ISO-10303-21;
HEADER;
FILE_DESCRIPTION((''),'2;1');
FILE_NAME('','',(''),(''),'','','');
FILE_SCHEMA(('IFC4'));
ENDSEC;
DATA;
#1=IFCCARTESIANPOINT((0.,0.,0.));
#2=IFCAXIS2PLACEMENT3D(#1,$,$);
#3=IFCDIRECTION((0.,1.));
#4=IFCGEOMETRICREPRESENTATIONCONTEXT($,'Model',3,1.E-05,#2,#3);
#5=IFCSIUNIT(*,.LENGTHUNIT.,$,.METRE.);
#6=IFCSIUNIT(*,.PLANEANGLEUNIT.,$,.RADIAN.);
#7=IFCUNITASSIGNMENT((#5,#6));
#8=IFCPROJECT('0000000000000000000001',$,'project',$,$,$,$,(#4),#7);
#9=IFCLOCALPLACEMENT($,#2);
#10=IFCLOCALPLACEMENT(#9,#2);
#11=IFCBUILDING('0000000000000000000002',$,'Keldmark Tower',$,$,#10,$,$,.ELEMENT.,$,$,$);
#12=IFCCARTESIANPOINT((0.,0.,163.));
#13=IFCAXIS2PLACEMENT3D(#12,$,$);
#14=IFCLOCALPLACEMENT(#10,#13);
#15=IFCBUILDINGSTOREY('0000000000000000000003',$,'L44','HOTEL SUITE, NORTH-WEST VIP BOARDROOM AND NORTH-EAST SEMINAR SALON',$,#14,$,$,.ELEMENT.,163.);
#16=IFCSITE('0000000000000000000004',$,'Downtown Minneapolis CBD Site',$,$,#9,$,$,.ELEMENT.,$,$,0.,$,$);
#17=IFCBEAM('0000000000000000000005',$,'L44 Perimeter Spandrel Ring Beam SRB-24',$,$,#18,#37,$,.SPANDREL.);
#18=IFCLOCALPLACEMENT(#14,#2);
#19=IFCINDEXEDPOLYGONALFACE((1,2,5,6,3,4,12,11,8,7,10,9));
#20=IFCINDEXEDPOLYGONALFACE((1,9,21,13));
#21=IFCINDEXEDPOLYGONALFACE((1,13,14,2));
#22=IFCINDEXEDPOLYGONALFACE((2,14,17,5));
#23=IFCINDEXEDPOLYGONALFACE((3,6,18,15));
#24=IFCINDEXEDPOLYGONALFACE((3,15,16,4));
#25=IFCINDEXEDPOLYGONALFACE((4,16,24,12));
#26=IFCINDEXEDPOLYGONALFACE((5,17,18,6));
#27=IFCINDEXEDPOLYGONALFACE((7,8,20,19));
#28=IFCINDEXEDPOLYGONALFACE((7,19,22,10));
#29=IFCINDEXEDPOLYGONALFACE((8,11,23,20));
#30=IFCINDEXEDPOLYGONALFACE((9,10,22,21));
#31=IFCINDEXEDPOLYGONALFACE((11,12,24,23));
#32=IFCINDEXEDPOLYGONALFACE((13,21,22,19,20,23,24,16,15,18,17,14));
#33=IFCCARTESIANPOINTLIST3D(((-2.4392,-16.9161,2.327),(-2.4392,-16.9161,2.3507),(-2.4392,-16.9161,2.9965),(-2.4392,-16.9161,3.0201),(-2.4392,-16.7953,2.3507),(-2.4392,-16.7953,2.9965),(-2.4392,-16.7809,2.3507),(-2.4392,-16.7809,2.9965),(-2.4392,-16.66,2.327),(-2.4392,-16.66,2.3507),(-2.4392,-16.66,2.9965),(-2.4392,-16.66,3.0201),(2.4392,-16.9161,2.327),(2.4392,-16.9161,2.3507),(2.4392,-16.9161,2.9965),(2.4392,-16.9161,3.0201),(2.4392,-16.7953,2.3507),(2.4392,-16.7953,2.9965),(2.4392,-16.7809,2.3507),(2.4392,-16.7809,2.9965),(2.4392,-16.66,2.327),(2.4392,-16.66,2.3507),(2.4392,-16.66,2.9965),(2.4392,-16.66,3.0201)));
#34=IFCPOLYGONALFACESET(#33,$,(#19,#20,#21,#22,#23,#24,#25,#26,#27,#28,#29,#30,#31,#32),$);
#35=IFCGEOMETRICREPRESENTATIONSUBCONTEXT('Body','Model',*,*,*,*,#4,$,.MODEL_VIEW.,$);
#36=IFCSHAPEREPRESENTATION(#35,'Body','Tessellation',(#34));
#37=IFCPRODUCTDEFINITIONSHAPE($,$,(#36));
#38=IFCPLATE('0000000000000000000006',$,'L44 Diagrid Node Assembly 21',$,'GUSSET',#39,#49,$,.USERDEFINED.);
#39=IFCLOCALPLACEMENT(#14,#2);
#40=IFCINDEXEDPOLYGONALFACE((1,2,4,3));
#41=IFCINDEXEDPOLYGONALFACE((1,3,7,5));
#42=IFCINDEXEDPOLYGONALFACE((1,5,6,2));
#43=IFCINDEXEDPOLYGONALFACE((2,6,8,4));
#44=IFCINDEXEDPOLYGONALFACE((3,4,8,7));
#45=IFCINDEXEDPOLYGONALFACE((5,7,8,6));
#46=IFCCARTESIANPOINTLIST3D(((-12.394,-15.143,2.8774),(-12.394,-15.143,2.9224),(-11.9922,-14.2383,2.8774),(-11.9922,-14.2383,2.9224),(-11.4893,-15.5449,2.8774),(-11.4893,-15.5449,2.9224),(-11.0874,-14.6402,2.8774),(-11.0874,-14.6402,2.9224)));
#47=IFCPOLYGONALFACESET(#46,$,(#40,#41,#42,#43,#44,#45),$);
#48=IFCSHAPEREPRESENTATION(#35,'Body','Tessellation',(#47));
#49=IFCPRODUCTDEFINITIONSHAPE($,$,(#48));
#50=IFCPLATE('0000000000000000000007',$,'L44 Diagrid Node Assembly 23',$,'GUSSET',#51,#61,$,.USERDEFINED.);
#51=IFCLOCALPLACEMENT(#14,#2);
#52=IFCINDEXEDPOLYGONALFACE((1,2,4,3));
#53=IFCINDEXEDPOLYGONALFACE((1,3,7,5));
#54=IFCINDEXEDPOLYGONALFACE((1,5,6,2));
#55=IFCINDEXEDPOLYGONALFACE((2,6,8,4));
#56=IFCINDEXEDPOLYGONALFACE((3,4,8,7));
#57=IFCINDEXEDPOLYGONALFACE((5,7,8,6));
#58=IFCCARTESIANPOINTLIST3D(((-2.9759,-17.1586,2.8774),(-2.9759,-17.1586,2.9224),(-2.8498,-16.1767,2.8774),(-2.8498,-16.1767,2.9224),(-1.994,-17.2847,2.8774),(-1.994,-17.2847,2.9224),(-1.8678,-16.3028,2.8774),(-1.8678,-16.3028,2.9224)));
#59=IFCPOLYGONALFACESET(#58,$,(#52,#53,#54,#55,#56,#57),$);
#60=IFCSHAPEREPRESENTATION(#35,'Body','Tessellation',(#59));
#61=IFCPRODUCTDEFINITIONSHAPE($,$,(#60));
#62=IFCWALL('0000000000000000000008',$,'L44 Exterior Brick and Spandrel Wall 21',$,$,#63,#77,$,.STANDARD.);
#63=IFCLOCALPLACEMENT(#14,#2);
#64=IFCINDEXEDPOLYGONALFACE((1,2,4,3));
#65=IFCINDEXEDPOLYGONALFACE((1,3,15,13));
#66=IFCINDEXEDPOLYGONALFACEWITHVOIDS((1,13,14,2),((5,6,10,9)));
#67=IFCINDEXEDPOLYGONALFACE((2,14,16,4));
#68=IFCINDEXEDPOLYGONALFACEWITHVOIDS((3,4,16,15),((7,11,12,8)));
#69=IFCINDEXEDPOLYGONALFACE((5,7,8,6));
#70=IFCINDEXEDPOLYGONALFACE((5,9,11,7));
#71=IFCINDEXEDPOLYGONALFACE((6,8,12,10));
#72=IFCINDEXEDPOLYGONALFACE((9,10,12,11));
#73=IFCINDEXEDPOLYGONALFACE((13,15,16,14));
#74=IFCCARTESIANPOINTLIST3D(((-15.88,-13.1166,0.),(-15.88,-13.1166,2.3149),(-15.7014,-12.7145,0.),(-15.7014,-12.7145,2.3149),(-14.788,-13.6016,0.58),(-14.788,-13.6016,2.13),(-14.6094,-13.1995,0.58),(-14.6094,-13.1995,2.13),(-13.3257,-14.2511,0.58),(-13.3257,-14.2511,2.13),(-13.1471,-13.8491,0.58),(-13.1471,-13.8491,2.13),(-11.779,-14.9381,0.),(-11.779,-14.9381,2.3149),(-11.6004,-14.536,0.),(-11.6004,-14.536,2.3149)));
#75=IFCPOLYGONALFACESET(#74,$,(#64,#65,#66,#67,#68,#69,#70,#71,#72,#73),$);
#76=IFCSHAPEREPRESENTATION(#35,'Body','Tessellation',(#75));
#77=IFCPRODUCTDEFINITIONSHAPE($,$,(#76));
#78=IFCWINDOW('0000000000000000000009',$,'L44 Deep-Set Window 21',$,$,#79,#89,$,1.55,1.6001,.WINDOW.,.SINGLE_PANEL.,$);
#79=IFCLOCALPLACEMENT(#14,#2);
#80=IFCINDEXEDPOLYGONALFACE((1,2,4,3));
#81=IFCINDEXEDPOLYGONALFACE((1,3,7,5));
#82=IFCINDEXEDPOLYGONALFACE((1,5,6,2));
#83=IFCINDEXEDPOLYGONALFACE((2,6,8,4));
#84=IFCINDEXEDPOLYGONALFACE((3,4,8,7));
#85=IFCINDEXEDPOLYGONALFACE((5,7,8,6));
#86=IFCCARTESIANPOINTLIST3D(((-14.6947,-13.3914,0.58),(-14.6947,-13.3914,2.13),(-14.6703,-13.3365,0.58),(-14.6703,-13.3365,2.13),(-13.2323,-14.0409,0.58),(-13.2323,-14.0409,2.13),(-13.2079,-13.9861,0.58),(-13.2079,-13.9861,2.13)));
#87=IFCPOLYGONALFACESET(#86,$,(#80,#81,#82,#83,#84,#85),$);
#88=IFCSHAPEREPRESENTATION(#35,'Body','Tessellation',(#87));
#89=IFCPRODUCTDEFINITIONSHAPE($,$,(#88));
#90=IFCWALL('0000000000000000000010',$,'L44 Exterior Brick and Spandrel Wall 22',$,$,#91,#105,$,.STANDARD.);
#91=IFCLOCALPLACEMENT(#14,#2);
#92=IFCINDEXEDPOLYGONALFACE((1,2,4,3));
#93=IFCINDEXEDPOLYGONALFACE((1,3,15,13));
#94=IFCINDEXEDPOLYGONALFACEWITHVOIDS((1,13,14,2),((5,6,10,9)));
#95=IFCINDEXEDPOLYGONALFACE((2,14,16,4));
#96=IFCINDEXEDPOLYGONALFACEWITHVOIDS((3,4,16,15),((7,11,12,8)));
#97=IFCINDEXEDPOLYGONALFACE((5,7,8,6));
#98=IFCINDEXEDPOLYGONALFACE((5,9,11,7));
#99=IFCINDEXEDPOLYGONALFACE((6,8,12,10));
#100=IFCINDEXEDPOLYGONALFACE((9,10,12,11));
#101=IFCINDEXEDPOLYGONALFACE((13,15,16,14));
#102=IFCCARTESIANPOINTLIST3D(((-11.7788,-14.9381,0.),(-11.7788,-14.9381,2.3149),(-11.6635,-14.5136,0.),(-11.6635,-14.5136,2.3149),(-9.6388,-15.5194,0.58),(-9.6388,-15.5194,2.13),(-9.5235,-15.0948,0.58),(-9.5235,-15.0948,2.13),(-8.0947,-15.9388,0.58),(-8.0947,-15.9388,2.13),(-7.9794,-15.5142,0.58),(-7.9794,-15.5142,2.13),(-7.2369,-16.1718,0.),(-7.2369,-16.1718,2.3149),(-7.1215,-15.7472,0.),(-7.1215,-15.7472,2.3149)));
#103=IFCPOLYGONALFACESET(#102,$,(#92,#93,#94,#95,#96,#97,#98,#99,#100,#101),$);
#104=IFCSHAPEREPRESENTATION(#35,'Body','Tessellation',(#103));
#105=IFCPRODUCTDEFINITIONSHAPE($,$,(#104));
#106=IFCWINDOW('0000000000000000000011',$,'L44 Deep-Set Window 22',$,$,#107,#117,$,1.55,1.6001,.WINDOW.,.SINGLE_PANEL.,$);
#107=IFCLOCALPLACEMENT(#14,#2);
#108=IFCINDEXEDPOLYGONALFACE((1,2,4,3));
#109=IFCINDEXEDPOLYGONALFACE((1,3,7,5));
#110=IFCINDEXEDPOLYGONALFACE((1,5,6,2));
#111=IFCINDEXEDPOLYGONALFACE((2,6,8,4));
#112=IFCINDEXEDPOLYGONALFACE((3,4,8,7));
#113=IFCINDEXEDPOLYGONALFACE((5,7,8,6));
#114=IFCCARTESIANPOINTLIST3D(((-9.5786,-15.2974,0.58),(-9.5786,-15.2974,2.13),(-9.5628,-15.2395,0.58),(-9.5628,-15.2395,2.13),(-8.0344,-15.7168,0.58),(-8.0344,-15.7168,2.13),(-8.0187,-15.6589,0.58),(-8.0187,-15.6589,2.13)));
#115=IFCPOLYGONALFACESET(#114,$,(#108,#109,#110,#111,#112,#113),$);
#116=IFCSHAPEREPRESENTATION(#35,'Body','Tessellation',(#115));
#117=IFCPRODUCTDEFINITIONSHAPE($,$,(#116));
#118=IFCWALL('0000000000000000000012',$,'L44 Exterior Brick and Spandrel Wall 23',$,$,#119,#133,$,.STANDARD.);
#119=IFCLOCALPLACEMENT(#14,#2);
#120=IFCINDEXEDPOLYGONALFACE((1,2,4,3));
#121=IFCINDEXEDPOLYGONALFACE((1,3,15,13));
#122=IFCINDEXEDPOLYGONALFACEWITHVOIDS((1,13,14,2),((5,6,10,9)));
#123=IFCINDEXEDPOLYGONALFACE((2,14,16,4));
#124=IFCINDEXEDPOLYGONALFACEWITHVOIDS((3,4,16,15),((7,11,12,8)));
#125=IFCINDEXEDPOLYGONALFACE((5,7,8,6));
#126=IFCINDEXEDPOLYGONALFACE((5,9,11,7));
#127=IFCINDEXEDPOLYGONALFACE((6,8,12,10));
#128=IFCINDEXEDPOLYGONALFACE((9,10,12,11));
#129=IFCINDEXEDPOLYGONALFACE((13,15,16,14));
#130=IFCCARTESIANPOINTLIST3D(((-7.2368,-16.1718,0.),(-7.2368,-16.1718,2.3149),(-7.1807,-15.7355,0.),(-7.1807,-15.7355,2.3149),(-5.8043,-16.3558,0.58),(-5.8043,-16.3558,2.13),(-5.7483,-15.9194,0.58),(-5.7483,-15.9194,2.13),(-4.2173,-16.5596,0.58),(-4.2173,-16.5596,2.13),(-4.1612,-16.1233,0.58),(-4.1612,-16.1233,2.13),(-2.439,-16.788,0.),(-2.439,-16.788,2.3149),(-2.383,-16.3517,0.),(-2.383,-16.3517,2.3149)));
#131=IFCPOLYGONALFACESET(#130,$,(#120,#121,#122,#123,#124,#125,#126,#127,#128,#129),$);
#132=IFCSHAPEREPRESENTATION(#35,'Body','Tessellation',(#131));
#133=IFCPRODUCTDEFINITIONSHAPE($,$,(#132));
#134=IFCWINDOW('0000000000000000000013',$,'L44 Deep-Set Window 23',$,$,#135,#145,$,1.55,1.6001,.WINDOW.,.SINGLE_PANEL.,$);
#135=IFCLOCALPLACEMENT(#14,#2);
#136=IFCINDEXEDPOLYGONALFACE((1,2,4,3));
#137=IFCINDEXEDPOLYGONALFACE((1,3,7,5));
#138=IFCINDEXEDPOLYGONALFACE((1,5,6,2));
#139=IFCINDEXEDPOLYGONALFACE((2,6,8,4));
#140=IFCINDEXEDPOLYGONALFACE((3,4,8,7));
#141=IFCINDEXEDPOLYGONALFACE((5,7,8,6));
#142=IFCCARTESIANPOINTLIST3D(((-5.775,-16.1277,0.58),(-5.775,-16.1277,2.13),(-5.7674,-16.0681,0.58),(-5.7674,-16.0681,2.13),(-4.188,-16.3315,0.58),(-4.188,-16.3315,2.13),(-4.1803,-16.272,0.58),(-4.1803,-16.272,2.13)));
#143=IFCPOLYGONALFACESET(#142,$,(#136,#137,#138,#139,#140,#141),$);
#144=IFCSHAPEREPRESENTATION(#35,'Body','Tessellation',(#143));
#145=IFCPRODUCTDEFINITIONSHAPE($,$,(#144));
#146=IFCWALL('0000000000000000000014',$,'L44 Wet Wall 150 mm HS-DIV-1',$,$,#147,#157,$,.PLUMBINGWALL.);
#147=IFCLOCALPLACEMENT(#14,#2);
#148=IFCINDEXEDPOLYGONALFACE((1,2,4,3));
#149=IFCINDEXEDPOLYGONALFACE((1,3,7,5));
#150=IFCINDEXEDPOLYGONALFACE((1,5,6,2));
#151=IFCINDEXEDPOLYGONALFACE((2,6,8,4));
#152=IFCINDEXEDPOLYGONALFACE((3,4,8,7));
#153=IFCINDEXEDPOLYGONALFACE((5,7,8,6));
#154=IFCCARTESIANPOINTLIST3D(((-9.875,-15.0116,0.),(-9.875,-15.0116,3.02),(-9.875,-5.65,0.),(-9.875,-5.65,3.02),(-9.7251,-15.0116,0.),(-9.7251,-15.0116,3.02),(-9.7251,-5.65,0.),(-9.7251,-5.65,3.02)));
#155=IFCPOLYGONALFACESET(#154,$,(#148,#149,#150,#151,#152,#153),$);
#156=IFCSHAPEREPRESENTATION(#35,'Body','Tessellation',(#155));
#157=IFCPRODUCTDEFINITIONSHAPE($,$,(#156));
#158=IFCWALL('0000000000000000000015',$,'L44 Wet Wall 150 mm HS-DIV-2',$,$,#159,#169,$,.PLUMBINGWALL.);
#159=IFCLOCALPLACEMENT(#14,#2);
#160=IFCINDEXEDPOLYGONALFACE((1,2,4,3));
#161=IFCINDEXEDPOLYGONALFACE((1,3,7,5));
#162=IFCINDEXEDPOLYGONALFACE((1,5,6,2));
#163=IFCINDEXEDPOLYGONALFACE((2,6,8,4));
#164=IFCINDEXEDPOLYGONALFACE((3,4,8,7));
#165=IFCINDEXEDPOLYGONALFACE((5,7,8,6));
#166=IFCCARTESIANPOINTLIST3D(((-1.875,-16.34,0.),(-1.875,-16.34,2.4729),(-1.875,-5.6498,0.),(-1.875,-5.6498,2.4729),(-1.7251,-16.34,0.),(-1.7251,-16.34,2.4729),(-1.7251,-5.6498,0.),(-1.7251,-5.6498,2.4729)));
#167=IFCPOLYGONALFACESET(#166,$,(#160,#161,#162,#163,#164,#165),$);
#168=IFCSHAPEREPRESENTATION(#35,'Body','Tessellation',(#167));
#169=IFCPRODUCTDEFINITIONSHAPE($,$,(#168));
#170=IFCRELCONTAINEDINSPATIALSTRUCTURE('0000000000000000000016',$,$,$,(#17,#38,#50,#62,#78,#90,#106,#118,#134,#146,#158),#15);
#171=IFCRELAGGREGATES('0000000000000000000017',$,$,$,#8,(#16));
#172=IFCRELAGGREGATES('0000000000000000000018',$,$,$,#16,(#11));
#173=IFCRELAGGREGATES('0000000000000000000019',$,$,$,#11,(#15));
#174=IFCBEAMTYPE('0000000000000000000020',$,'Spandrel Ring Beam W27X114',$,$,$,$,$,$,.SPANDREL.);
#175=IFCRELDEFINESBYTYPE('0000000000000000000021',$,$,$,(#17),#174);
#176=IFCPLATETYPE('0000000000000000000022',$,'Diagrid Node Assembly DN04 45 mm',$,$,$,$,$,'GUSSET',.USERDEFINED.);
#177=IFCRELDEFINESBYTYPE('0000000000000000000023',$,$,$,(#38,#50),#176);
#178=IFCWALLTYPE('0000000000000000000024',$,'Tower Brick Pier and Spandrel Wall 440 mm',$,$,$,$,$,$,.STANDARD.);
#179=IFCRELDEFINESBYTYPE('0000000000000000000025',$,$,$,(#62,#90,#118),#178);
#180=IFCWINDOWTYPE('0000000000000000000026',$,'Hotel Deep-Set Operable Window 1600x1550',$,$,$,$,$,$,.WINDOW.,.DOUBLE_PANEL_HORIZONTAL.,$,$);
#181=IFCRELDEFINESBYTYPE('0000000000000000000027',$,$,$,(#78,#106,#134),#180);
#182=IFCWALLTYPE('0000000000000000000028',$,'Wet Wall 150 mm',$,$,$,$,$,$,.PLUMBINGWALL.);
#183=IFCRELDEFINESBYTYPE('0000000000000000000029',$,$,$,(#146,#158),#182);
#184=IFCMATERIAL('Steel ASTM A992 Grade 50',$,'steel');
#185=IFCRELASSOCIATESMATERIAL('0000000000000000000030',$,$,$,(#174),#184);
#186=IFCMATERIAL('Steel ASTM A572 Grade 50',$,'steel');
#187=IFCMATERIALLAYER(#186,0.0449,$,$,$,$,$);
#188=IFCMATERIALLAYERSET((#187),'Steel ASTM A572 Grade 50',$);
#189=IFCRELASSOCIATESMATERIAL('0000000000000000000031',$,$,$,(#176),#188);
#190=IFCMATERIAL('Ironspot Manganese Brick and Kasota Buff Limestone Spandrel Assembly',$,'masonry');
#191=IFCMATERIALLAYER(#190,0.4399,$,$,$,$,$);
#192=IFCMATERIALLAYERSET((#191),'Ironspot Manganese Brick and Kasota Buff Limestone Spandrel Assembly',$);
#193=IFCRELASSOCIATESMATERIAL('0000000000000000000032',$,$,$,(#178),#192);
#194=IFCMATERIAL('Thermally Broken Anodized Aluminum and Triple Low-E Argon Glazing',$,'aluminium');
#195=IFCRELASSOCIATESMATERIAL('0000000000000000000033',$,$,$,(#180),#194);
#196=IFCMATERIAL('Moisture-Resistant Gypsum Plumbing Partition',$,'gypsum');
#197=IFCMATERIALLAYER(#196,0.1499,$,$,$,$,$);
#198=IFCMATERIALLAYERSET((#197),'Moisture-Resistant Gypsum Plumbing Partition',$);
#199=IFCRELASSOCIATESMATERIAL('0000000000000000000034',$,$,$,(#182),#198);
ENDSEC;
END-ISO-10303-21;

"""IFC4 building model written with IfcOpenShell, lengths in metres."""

from ifc_helpers import new_model, si_unit, direction, frame, frame_2d, origin, origin_2d, place, context, subcontext, project, spatial, rectangle, i_section, extrude, material, layer, layer_set, material_profile, profile_set, type_object, element, fill, save


model = new_model("IFC4")

# Units and contexts
model_context = context("Model", 3, precision=1e-05, world=origin(), true_north=direction((0.0, 1.0)))
body_context = subcontext(model_context, "Body", "Model", "MODEL_VIEW")
ifc_project = project(units=[si_unit("LENGTHUNIT", "METRE"), si_unit("PLANEANGLEUNIT", "RADIAN")], contexts=[model_context])

# Site, building, storey
site_placement = place(None, origin())
site = spatial("IfcSite", under=ifc_project, at=site_placement, Name="Downtown Minneapolis CBD Site", CompositionType="ELEMENT", RefElevation=0.0)
building_placement = place(site_placement, origin())
building = spatial("IfcBuilding", under=site, at=building_placement, Name="Keldmark Tower", CompositionType="ELEMENT")
storey_placement = place(building_placement, frame((0.0, 0.0, 163.0)))
storey = spatial("IfcBuildingStorey", under=building, at=storey_placement, Name="L44", Description="HOTEL SUITE, NORTH-WEST VIP BOARDROOM AND NORTH-EAST SEMINAR SALON", CompositionType="ELEMENT", Elevation=163.0)

# Beam
ifc_material_1 = material(Name="Steel ASTM A992 Grade 50", Category="steel")
ifc_material_profile_1 = material_profile(ifc_material_1, i_section(OverallWidth=0.2561, OverallDepth=0.6931, WebThickness=0.0144, FlangeThickness=0.0237, at=origin_2d()), Name="W27X114")
ifc_profile_set_1 = profile_set([ifc_material_profile_1], Name="Steel ASTM A992 Grade 50")
beam_type_1 = type_object("IfcBeamType", Name="Spandrel Ring Beam W27X114", PredefinedType="SPANDREL", material=ifc_profile_set_1)
beam_1_placement = place(storey_placement, frame((-2.4392, -16.7881, 2.6736), z_axis=(1.0, 0.0, 0.0), x_axis=(0.0, 1.0, 0.0)))
element("IfcBeam", 1, at=beam_1_placement, inside=storey, type_object=beam_type_1, Name="L44 Perimeter Spandrel Ring Beam SRB-24", PredefinedType="SPANDREL", context=body_context, shape_type="SweptSolid", body=[
    extrude(i_section(OverallWidth=0.2561, OverallDepth=0.6931, WebThickness=0.0144, FlangeThickness=0.0237, at=origin_2d()), origin(), (0.0, 0.0, 1.0), 4.8784),
])

# Plates
ifc_material_2 = material(Name="Steel ASTM A572 Grade 50", Category="steel")
ifc_layer_1 = layer(ifc_material_2, 0.0449)
ifc_layer_set_1 = layer_set([ifc_layer_1], Name="Steel ASTM A572 Grade 50")
plate_type = type_object("IfcPlateType", Name="Diagrid Node Assembly DN04 45 mm", ElementType="GUSSET", PredefinedType="USERDEFINED", material=ifc_layer_set_1)
for number, where, z_axis, x_axis, name in (
    (2, (-11.7407, -14.8916, 2.8774), (0.0, 0.0, 1.0), (0.9139, -0.405939, 0.0), "L44 Diagrid Node Assembly 21"),
    (3, (-2.4219, -16.7307, 2.8774), (0.0, 0.0, 1.0), (0.99185, -0.127411, 0.0), "L44 Diagrid Node Assembly 23"),
):
    element("IfcPlate", number, at=place(storey_placement, frame(where, z_axis=z_axis, x_axis=x_axis)), inside=storey, type_object=plate_type, Name=name, ObjectType="GUSSET", PredefinedType="USERDEFINED", context=body_context, shape_type="SweptSolid", body=[
        extrude(rectangle(XDim=0.99, YDim=0.99, at=origin_2d()), origin(), (0.0, 0.0, 1.0), 0.0449),
    ])

# Walls, openings, windows
ifc_material_3 = material(Name="Ironspot Manganese Brick and Kasota Buff Limestone Spandrel Assembly", Category="masonry")
ifc_layer_2 = layer(ifc_material_3, 0.4399)
ifc_layer_set_2 = layer_set([ifc_layer_2], Name="Ironspot Manganese Brick and Kasota Buff Limestone Spandrel Assembly")
wall_type_1 = type_object("IfcWallType", Name="Tower Brick Pier and Spandrel Wall 440 mm", PredefinedType="STANDARD", material=ifc_layer_set_2)
wall_1_placement = place(storey_placement, frame((-11.6897, -14.7371, 0.0), z_axis=(0.0, 0.0, 1.0), x_axis=(-0.913908, 0.405921, 0.0)))
wall_1 = element("IfcWall", 4, at=wall_1_placement, inside=storey, type_object=wall_type_1, Name="L44 Exterior Brick and Spandrel Wall 21", PredefinedType="STANDARD", context=body_context, shape_type="SweptSolid", body=[
    extrude(rectangle(XDim=4.4873, YDim=0.4399, at=frame_2d((2.2437, 0.0))), origin(), (0.0, 0.0, 1.0), 2.3149),
])
opening_1_placement = place(wall_1_placement, frame((1.6924, 0.0, 0.5801)))
opening_1 = element("IfcOpeningElement", 5, at=opening_1_placement, cuts=wall_1, PredefinedType="OPENING", context=body_context, shape_type="SweptSolid", body=[
    extrude(rectangle(XDim=1.6001, YDim=1.55, at=frame_2d((0.8, 0.7749))), frame((0.0, 0.23, 0.0), z_axis=(0.0, -1.0, 0.0), x_axis=(1.0, 0.0, 0.0)), (0.0, 0.0, 1.0), 0.46),
])
ifc_material_4 = material(Name="Thermally Broken Anodized Aluminum and Triple Low-E Argon Glazing", Category="aluminium")
window_type = type_object("IfcWindowType", Name="Hotel Deep-Set Operable Window 1600x1550", PartitioningType="DOUBLE_PANEL_HORIZONTAL", PredefinedType="WINDOW", material=ifc_material_4)
window_1_placement = place(opening_1_placement, origin())
window_1 = element("IfcWindow", 6, at=window_1_placement, inside=storey, type_object=window_type, Name="L44 Deep-Set Window 21", OverallHeight=1.55, OverallWidth=1.6001, PartitioningType="SINGLE_PANEL", PredefinedType="WINDOW", context=body_context, shape_type="SweptSolid", body=[
    extrude(rectangle(XDim=1.6001, YDim=1.55, at=frame_2d((0.8, 0.7749))), frame((0.0, -0.01, 0.0), z_axis=(0.0, -1.0, 0.0), x_axis=(1.0, 0.0, 0.0)), (0.0, 0.0, 1.0), 0.0601),
])
fill(opening_1, window_1)
wall_2_placement = place(storey_placement, frame((-7.1792, -15.9595, 0.0), z_axis=(0.0, 0.0, 1.0), x_axis=(-0.965037, 0.262112, 0.0)))
wall_2 = element("IfcWall", 7, at=wall_2_placement, inside=storey, type_object=wall_type_1, Name="L44 Exterior Brick and Spandrel Wall 22", PredefinedType="STANDARD", context=body_context, shape_type="SweptSolid", body=[
    extrude(rectangle(XDim=4.7065, YDim=0.4399, at=frame_2d((2.3533, 0.0))), origin(), (0.0, 0.0, 1.0), 2.3149),
])
opening_2_placement = place(wall_2_placement, frame((0.8889, 0.0, 0.5801)))
opening_2 = element("IfcOpeningElement", 8, at=opening_2_placement, cuts=wall_2, PredefinedType="OPENING", context=body_context, shape_type="SweptSolid", body=[
    extrude(rectangle(XDim=1.6001, YDim=1.55, at=frame_2d((0.8, 0.7749))), frame((0.0, 0.23, 0.0), z_axis=(0.0, -1.0, 0.0), x_axis=(1.0, 0.0, 0.0)), (0.0, 0.0, 1.0), 0.46),
])
window_2_placement = place(opening_2_placement, origin())
window_2 = element("IfcWindow", 9, at=window_2_placement, inside=storey, type_object=window_type, Name="L44 Deep-Set Window 22", OverallHeight=1.55, OverallWidth=1.6001, PartitioningType="SINGLE_PANEL", PredefinedType="WINDOW", context=body_context, shape_type="SweptSolid", body=[
    extrude(rectangle(XDim=1.6001, YDim=1.55, at=frame_2d((0.8, 0.7749))), frame((0.0, -0.01, 0.0), z_axis=(0.0, -1.0, 0.0), x_axis=(1.0, 0.0, 0.0)), (0.0, 0.0, 1.0), 0.0601),
])
fill(opening_2, window_2)
wall_3_placement = place(storey_placement, frame((-2.4111, -16.5698, 0.0), z_axis=(0.0, 0.0, 1.0), x_axis=(-0.991853, 0.127388, 0.0)))
wall_3 = element("IfcWall", 10, at=wall_3_placement, inside=storey, type_object=wall_type_1, Name="L44 Exterior Brick and Spandrel Wall 23", PredefinedType="STANDARD", context=body_context, shape_type="SweptSolid", body=[
    extrude(rectangle(XDim=4.8372, YDim=0.4399, at=frame_2d((2.4185, 0.0))), origin(), (0.0, 0.0, 1.0), 2.3149),
])
opening_3_placement = place(wall_3_placement, frame((1.7927, 0.0, 0.5801)))
opening_3 = element("IfcOpeningElement", 11, at=opening_3_placement, cuts=wall_3, PredefinedType="OPENING", context=body_context, shape_type="SweptSolid", body=[
    extrude(rectangle(XDim=1.6001, YDim=1.55, at=frame_2d((0.8, 0.7749))), frame((0.0, 0.23, 0.0), z_axis=(0.0, -1.0, 0.0), x_axis=(1.0, 0.0, 0.0)), (0.0, 0.0, 1.0), 0.46),
])
window_3_placement = place(opening_3_placement, origin())
window_3 = element("IfcWindow", 12, at=window_3_placement, inside=storey, type_object=window_type, Name="L44 Deep-Set Window 23", OverallHeight=1.55, OverallWidth=1.6001, PartitioningType="SINGLE_PANEL", PredefinedType="WINDOW", context=body_context, shape_type="SweptSolid", body=[
    extrude(rectangle(XDim=1.6001, YDim=1.55, at=frame_2d((0.8, 0.7749))), frame((0.0, -0.01, 0.0), z_axis=(0.0, -1.0, 0.0), x_axis=(1.0, 0.0, 0.0)), (0.0, 0.0, 1.0), 0.0601),
])
fill(opening_3, window_3)

# Walls
ifc_material_5 = material(Name="Moisture-Resistant Gypsum Plumbing Partition", Category="gypsum")
ifc_layer_3 = layer(ifc_material_5, 0.1499)
ifc_layer_set_3 = layer_set([ifc_layer_3], Name="Moisture-Resistant Gypsum Plumbing Partition")
wall_type_2 = type_object("IfcWallType", Name="Wet Wall 150 mm", PredefinedType="PLUMBINGWALL", material=ifc_layer_set_3)
wall_4_placement = place(storey_placement, frame((-9.8, -15.0115, 0.0), z_axis=(0.0, 0.0, 1.0), x_axis=(0.0, 1.0, 0.0)))
element("IfcWall", 13, at=wall_4_placement, inside=storey, type_object=wall_type_2, Name="L44 Wet Wall 150 mm HS-DIV-1", PredefinedType="PLUMBINGWALL", context=body_context, shape_type="SweptSolid", body=[
    extrude(rectangle(XDim=9.3616, YDim=0.1499, at=frame_2d((4.6807, 0.0))), origin(), (0.0, 0.0, 1.0), 3.02),
])
wall_5_placement = place(storey_placement, frame((-1.8, -16.3401, 0.0), z_axis=(0.0, 0.0, 1.0), x_axis=(0.0, 1.0, 0.0)))
element("IfcWall", 14, at=wall_5_placement, inside=storey, type_object=wall_type_2, Name="L44 Wet Wall 150 mm HS-DIV-2", PredefinedType="PLUMBINGWALL", context=body_context, shape_type="SweptSolid", body=[
    extrude(rectangle(XDim=10.6902, YDim=0.1499, at=frame_2d((5.3452, 0.0))), origin(), (0.0, 0.0, 1.0), 2.4729),
])

save(model, "model.ifc")
